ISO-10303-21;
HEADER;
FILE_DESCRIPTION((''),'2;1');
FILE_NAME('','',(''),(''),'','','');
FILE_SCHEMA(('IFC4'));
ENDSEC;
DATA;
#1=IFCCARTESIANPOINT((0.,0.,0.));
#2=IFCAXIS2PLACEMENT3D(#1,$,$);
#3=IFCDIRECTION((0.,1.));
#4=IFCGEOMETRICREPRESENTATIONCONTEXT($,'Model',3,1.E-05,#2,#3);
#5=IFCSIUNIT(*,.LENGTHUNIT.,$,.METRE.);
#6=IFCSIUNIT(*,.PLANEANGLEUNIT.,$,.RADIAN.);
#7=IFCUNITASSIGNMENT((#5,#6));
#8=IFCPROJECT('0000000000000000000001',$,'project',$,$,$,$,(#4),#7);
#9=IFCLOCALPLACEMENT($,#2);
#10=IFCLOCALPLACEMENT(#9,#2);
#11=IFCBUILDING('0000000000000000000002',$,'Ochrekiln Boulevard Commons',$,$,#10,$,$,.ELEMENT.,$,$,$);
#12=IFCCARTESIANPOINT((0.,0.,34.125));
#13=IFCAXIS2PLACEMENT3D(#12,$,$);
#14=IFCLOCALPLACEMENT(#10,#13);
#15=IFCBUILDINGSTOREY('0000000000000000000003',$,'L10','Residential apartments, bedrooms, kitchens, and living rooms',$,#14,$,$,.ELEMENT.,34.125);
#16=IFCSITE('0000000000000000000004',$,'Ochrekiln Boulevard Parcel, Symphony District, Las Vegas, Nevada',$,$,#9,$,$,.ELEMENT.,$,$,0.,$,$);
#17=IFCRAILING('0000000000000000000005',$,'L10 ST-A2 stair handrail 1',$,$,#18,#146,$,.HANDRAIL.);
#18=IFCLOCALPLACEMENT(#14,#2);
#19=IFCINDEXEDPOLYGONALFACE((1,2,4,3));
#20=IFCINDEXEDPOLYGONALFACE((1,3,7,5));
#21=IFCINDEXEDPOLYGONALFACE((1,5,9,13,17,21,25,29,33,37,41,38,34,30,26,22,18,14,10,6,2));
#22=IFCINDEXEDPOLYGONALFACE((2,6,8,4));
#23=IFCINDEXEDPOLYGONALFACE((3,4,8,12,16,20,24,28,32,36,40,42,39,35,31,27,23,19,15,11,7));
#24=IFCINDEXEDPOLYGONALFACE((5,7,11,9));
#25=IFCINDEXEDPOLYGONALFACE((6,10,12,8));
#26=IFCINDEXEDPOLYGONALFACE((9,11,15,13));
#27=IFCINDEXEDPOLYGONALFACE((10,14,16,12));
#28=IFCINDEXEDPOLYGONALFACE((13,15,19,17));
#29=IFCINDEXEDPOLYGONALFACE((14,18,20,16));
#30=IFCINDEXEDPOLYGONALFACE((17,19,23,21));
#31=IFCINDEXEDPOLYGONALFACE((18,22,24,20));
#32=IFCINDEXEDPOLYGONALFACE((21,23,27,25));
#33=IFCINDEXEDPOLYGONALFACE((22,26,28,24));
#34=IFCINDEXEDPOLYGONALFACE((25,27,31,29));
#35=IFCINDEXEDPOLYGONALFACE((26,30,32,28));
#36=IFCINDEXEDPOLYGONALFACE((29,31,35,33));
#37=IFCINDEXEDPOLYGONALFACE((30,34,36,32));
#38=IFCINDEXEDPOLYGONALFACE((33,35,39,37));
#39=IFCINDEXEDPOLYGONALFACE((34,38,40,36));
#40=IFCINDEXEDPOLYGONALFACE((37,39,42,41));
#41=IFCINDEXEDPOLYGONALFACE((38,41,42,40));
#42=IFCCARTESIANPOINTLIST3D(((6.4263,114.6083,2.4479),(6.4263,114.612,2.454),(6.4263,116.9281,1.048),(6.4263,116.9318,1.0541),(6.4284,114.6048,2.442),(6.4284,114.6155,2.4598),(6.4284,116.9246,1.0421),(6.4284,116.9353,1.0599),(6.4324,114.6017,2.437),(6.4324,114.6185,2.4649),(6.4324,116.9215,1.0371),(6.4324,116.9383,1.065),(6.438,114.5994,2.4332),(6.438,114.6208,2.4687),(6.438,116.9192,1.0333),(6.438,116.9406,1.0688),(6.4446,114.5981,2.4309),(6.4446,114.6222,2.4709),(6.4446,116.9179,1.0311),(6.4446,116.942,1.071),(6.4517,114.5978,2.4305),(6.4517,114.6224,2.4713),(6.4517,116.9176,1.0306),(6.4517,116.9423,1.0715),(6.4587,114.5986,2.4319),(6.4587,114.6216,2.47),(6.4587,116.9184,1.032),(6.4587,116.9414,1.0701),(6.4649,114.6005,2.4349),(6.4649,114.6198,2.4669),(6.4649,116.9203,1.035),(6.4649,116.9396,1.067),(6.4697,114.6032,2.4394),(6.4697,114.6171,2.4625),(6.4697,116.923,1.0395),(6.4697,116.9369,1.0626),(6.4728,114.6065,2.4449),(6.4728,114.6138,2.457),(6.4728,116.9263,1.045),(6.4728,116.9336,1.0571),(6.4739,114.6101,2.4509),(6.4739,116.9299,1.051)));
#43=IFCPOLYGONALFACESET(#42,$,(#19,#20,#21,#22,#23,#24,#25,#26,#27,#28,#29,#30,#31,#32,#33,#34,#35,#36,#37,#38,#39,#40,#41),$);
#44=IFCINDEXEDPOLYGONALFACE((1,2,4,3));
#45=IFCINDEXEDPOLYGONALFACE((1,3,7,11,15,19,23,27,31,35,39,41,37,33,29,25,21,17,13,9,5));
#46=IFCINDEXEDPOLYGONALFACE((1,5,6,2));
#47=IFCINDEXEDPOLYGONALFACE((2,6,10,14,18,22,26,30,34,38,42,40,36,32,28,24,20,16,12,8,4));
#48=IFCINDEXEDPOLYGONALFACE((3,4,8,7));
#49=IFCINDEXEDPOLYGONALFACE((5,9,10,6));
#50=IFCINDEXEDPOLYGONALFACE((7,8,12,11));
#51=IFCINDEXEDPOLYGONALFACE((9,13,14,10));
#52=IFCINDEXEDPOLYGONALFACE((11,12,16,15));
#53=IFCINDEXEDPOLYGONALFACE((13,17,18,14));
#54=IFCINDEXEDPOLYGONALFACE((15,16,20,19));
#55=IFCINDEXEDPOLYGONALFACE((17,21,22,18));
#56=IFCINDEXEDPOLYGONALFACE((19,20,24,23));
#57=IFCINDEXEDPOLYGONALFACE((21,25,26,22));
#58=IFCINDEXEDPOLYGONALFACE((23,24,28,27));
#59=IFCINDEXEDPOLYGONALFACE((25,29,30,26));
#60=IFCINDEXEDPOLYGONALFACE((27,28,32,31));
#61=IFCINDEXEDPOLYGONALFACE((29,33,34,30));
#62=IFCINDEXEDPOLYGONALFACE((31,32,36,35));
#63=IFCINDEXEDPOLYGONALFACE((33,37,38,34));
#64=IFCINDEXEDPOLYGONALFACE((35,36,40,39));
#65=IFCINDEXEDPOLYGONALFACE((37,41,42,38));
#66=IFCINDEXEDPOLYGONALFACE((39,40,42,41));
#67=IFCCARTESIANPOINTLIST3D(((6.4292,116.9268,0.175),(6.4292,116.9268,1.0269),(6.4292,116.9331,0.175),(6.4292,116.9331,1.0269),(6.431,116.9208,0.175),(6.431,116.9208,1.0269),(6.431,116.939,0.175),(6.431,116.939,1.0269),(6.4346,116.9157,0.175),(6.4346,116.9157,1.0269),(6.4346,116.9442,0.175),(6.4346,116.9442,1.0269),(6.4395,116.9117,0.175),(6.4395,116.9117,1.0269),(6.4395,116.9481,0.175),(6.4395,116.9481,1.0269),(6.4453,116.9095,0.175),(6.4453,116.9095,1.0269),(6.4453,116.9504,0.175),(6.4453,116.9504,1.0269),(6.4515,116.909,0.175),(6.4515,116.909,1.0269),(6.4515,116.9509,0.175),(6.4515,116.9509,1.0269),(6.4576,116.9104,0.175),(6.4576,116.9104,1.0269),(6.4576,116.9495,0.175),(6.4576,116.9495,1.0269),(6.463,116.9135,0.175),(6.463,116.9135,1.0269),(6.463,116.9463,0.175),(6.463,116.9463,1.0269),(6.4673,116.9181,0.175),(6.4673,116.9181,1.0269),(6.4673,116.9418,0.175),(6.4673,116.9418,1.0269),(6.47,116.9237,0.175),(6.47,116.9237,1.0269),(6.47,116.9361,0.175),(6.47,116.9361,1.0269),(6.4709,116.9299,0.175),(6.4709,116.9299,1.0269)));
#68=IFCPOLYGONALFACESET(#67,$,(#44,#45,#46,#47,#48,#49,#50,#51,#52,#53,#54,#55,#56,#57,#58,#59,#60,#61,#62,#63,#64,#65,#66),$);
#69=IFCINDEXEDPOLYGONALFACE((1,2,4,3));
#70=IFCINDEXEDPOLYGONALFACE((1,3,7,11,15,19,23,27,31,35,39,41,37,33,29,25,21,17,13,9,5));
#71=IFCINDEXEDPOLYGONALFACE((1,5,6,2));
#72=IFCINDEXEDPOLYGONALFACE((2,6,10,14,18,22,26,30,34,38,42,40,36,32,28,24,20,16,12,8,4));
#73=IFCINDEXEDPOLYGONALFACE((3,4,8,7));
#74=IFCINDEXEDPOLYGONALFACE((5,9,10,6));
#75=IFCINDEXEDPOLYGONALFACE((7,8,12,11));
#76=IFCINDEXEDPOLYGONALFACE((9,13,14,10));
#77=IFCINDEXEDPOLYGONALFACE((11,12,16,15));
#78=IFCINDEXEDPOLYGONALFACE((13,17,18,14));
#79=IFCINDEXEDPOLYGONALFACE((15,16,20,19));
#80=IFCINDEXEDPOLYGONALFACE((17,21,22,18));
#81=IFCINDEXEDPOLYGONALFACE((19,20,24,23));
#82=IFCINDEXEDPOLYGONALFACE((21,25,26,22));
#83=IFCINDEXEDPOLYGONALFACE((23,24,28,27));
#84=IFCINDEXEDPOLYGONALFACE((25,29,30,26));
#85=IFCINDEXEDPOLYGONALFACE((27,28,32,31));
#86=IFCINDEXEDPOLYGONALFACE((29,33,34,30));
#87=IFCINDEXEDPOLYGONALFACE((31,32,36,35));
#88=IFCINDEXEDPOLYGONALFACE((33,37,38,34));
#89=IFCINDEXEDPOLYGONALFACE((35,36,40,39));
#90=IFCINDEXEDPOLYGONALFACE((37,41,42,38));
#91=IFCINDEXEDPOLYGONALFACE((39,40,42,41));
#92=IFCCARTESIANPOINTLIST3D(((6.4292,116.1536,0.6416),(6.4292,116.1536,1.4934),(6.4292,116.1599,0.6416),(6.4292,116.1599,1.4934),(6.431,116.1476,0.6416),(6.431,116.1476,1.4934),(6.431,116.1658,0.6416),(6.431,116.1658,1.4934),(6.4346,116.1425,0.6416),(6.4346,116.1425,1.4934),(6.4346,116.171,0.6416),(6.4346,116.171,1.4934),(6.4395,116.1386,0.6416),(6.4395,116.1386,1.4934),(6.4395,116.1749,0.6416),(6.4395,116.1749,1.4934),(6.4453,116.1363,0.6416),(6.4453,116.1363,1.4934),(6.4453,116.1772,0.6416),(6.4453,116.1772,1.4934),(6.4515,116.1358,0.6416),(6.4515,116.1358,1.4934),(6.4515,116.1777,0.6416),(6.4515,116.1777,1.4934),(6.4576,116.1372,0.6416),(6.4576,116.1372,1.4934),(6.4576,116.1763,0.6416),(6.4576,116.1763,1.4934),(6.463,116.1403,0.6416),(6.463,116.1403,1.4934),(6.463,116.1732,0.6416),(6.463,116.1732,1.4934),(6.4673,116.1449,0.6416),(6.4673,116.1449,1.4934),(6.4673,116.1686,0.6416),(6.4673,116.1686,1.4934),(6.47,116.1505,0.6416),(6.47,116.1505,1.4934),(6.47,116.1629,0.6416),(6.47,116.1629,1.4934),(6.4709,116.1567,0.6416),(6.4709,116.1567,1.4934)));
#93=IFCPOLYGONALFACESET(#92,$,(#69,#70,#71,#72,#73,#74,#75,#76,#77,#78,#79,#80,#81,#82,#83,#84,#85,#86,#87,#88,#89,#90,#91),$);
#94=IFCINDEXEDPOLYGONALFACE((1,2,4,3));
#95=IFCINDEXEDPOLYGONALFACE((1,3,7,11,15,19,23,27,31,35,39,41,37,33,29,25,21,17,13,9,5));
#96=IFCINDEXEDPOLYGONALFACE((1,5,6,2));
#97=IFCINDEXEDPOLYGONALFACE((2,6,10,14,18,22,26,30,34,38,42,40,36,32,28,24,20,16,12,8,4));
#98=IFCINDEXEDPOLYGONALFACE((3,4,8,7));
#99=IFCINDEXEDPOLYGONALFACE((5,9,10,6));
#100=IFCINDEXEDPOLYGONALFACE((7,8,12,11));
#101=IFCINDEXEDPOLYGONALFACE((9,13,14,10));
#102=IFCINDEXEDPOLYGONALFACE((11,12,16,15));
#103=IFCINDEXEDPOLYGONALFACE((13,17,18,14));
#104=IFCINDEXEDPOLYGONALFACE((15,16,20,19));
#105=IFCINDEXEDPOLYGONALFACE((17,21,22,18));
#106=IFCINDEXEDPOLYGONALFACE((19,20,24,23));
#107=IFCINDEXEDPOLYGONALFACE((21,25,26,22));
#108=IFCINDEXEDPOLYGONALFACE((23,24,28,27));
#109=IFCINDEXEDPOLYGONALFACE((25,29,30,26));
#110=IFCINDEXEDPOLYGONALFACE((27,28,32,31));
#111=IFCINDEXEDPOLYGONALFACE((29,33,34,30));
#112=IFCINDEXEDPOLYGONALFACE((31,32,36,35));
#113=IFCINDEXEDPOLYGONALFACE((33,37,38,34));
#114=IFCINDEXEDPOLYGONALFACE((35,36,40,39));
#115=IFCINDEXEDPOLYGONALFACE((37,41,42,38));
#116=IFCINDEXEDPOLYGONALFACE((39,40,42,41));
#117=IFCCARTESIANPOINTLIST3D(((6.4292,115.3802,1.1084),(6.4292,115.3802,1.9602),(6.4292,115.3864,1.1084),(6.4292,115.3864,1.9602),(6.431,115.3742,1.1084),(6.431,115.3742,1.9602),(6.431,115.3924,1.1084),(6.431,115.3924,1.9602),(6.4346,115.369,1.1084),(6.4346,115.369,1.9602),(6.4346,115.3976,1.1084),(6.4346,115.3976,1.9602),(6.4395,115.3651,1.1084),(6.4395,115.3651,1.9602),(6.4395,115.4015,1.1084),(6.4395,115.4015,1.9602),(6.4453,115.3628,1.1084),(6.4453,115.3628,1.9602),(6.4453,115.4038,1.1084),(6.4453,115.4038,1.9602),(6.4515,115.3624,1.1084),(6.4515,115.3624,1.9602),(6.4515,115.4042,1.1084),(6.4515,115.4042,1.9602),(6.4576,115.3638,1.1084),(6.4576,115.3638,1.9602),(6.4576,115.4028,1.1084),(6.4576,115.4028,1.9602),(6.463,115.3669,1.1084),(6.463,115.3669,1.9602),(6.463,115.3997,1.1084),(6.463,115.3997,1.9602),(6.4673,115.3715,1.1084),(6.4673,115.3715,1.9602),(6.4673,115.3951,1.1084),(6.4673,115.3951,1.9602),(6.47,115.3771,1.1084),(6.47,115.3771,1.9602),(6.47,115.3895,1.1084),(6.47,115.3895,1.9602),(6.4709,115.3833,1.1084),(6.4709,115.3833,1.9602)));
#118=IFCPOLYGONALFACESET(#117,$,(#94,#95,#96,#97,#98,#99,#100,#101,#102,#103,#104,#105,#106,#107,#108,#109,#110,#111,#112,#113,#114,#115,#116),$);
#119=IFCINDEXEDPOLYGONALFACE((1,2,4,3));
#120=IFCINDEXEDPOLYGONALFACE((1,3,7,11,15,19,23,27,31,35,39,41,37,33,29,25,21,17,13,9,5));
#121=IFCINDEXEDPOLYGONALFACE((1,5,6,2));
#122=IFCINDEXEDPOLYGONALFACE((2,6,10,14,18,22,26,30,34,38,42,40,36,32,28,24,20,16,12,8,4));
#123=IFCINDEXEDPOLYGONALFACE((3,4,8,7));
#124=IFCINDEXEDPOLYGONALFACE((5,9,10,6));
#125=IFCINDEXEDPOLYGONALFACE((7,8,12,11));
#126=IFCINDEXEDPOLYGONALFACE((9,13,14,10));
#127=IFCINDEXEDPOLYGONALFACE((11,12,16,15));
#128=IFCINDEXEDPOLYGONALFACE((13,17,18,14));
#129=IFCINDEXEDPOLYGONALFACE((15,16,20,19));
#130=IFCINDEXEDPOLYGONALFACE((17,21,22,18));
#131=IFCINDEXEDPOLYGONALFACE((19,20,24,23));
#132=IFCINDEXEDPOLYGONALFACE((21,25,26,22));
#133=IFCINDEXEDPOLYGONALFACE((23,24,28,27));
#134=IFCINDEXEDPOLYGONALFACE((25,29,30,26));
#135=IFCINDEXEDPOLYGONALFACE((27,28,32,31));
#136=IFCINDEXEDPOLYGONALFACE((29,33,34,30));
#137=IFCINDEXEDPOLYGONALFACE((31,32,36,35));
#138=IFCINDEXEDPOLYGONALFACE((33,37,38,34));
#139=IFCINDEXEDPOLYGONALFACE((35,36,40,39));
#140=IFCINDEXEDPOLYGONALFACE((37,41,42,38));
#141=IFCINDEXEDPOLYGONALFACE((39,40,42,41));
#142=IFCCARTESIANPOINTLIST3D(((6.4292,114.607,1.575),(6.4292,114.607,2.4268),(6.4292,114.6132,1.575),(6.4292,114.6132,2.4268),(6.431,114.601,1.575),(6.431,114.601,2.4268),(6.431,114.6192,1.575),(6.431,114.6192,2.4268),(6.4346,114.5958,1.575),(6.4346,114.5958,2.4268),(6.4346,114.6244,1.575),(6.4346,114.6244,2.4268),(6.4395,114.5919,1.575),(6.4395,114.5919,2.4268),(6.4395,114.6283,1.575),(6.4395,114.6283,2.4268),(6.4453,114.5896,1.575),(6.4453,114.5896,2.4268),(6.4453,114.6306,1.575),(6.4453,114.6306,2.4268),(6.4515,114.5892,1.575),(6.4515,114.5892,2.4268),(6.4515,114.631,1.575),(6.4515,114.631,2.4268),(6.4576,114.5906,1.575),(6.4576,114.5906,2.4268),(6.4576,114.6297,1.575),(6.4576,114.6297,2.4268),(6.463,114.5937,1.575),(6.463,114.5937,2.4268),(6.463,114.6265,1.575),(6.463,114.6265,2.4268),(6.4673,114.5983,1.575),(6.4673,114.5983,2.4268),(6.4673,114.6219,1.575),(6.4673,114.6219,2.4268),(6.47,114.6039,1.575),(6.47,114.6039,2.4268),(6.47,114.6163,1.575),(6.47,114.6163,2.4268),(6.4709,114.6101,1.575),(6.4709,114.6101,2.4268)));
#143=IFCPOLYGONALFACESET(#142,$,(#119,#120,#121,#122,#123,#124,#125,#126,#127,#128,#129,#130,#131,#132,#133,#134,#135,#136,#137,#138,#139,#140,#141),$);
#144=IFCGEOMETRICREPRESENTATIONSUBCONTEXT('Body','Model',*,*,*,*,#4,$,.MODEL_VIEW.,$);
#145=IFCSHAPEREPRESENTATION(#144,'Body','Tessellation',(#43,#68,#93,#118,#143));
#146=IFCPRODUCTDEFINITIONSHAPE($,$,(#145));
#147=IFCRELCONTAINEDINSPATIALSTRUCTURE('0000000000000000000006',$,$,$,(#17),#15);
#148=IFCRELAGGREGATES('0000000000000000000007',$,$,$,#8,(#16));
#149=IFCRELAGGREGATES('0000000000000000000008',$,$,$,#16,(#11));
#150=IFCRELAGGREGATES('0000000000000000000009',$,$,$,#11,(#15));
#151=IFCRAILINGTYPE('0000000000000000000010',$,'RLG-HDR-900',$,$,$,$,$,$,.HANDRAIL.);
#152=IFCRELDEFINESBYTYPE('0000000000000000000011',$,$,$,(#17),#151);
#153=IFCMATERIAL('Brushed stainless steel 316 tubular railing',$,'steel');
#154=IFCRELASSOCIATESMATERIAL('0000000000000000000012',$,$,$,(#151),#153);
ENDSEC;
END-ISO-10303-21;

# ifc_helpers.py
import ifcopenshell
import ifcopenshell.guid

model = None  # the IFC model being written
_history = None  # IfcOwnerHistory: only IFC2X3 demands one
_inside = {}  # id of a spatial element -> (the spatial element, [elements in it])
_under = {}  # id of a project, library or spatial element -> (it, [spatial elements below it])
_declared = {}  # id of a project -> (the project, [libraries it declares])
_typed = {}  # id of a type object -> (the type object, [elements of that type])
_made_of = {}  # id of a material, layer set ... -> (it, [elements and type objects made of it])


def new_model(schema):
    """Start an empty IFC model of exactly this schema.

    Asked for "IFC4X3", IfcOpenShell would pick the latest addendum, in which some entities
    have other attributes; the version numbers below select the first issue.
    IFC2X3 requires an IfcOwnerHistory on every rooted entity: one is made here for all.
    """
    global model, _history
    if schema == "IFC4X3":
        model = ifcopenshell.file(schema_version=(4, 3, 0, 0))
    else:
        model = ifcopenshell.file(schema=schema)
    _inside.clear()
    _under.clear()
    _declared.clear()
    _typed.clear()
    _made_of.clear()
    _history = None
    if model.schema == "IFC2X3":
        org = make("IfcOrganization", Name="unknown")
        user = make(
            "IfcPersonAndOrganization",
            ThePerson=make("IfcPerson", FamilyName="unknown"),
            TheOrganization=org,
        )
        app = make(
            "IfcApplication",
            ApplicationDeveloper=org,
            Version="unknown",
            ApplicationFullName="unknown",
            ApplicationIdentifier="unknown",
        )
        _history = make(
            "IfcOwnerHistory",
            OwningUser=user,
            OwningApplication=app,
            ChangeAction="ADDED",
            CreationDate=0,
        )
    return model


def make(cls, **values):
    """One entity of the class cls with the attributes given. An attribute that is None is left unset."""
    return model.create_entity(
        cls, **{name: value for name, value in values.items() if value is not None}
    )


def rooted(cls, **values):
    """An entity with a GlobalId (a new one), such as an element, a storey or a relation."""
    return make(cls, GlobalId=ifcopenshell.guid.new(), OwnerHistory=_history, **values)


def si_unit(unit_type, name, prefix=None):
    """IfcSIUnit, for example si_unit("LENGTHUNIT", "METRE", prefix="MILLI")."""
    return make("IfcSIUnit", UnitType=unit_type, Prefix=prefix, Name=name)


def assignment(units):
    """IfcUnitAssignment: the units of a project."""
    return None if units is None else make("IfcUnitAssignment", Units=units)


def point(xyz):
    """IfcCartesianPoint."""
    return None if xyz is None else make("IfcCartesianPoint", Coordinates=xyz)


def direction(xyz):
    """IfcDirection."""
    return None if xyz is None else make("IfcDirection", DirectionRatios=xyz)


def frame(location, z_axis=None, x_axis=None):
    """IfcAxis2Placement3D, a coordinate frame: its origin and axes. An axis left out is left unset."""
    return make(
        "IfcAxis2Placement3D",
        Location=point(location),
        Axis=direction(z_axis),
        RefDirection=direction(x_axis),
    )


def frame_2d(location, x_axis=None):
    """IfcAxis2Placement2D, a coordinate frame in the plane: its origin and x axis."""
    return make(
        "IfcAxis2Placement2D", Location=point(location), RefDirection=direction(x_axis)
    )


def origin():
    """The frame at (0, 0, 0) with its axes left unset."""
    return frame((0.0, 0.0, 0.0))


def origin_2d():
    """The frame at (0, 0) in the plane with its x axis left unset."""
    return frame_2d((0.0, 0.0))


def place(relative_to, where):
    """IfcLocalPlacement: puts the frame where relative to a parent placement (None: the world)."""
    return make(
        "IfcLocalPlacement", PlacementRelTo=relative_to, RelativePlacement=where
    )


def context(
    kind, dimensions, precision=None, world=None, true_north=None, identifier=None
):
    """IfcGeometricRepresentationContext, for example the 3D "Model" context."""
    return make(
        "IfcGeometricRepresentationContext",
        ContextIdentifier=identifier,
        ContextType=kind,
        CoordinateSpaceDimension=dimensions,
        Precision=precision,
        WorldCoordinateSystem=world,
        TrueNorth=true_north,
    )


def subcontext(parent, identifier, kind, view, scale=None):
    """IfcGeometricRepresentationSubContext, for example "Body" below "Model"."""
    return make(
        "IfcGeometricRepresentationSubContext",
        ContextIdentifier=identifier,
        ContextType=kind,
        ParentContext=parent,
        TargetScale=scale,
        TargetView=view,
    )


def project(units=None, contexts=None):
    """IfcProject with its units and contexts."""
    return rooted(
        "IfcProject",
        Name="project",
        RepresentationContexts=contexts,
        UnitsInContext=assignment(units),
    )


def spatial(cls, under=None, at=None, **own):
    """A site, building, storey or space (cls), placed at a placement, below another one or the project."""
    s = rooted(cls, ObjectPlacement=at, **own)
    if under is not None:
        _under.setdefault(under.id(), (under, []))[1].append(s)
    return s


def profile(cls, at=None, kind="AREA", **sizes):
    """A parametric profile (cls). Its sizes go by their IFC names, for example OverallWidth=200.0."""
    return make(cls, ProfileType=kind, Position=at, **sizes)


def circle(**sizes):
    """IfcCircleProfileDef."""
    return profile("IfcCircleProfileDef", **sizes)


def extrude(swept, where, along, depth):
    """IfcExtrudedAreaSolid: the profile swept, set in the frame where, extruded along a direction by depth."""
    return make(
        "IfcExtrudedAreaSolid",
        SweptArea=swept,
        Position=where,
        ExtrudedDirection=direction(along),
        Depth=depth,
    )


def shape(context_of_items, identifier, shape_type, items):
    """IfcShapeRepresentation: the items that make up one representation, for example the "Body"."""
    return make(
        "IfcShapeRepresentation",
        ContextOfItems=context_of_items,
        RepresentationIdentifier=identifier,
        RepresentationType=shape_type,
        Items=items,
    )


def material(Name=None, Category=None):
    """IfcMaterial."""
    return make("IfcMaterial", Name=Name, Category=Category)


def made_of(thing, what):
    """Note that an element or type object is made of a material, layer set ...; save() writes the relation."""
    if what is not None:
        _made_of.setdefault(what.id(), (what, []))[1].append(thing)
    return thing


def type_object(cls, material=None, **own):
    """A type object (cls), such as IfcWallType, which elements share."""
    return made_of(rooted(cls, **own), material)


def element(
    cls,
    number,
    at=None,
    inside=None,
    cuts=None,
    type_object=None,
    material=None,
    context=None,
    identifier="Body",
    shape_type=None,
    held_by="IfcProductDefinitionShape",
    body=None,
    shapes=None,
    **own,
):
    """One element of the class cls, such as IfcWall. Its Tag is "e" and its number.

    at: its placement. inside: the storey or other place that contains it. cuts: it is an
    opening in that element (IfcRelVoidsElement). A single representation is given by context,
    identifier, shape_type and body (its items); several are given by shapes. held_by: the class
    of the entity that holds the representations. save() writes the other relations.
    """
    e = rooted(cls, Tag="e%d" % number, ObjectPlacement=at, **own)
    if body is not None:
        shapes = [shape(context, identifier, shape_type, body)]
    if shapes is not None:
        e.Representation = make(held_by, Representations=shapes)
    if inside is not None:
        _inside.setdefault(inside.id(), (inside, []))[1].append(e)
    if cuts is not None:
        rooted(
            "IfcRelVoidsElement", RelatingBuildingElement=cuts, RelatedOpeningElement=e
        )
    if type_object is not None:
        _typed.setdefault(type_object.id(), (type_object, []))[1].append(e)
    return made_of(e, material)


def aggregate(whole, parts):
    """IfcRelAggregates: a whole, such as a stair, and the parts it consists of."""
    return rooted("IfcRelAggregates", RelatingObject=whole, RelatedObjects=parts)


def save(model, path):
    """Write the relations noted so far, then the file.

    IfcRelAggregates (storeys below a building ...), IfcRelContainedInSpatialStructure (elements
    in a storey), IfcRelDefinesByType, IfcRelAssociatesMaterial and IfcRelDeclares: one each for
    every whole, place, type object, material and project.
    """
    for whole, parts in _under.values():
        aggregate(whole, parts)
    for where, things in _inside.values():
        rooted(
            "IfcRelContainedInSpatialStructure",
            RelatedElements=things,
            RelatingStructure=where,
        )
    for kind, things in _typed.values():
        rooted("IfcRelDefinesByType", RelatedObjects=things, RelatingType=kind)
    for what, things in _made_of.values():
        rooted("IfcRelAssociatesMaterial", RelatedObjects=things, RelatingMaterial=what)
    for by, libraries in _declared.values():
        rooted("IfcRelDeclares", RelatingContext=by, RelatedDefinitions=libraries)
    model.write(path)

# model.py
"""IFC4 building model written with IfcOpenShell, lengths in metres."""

from ifc_helpers import new_model, si_unit, direction, frame, origin, origin_2d, place, context, subcontext, project, spatial, circle, extrude, material, type_object, element, save


model = new_model("IFC4")

# Units and contexts
model_context = context("Model", 3, precision=1e-05, world=origin(), true_north=direction((0.0, 1.0)))
body_context = subcontext(model_context, "Body", "Model", "MODEL_VIEW")
ifc_project = project(units=[si_unit("LENGTHUNIT", "METRE"), si_unit("PLANEANGLEUNIT", "RADIAN")], contexts=[model_context])

# Site, building, storey
site_placement = place(None, origin())
site = spatial("IfcSite", under=ifc_project, at=site_placement, Name="Ochrekiln Boulevard Parcel, Symphony District, Las Vegas, Nevada", CompositionType="ELEMENT", RefElevation=0.0)
building_placement = place(site_placement, origin())
building = spatial("IfcBuilding", under=site, at=building_placement, Name="Ochrekiln Boulevard Commons", CompositionType="ELEMENT")
storey_placement = place(building_placement, frame((0.0, 0.0, 34.125)))
storey = spatial("IfcBuildingStorey", under=building, at=storey_placement, Name="L10", Description="Residential apartments, bedrooms, kitchens, and living rooms", CompositionType="ELEMENT", Elevation=34.125)

# Railing
ifc_material_1 = material(Name="Brushed stainless steel 316 tubular railing", Category="steel")
railing_type_1 = type_object("IfcRailingType", Name="RLG-HDR-900", PredefinedType="HANDRAIL", material=ifc_material_1)
railing_1_placement = place(storey_placement, frame((6.45, 116.9299, 0.175)))
element("IfcRailing", 1, at=railing_1_placement, inside=storey, type_object=railing_type_1, Name="L10 ST-A2 stair handrail 1", PredefinedType="HANDRAIL", context=body_context, shape_type="SweptSolid", body=[
    extrude(circle(Radius=0.0239, at=origin_2d()), frame((0.0, 0.0, 0.876), z_axis=(0.0, -0.856186, 0.516667), x_axis=(1.0, 0.0, 0.0)), (0.0, 0.0, 1.0), 2.7095),
    extrude(circle(Radius=0.021, at=origin_2d()), origin(), (0.0, 0.0, 1.0), 0.8518),
    extrude(circle(Radius=0.021, at=origin_2d()), frame((0.0, -0.7732, 0.4666)), (0.0, 0.0, 1.0), 0.8518),
    extrude(circle(Radius=0.021, at=origin_2d()), frame((0.0, -1.5466, 0.9333)), (0.0, 0.0, 1.0), 0.8518),
    extrude(circle(Radius=0.021, at=origin_2d()), frame((0.0, -2.3198, 1.3999)), (0.0, 0.0, 1.0), 0.8518),
])

save(model, "model.ifc")
